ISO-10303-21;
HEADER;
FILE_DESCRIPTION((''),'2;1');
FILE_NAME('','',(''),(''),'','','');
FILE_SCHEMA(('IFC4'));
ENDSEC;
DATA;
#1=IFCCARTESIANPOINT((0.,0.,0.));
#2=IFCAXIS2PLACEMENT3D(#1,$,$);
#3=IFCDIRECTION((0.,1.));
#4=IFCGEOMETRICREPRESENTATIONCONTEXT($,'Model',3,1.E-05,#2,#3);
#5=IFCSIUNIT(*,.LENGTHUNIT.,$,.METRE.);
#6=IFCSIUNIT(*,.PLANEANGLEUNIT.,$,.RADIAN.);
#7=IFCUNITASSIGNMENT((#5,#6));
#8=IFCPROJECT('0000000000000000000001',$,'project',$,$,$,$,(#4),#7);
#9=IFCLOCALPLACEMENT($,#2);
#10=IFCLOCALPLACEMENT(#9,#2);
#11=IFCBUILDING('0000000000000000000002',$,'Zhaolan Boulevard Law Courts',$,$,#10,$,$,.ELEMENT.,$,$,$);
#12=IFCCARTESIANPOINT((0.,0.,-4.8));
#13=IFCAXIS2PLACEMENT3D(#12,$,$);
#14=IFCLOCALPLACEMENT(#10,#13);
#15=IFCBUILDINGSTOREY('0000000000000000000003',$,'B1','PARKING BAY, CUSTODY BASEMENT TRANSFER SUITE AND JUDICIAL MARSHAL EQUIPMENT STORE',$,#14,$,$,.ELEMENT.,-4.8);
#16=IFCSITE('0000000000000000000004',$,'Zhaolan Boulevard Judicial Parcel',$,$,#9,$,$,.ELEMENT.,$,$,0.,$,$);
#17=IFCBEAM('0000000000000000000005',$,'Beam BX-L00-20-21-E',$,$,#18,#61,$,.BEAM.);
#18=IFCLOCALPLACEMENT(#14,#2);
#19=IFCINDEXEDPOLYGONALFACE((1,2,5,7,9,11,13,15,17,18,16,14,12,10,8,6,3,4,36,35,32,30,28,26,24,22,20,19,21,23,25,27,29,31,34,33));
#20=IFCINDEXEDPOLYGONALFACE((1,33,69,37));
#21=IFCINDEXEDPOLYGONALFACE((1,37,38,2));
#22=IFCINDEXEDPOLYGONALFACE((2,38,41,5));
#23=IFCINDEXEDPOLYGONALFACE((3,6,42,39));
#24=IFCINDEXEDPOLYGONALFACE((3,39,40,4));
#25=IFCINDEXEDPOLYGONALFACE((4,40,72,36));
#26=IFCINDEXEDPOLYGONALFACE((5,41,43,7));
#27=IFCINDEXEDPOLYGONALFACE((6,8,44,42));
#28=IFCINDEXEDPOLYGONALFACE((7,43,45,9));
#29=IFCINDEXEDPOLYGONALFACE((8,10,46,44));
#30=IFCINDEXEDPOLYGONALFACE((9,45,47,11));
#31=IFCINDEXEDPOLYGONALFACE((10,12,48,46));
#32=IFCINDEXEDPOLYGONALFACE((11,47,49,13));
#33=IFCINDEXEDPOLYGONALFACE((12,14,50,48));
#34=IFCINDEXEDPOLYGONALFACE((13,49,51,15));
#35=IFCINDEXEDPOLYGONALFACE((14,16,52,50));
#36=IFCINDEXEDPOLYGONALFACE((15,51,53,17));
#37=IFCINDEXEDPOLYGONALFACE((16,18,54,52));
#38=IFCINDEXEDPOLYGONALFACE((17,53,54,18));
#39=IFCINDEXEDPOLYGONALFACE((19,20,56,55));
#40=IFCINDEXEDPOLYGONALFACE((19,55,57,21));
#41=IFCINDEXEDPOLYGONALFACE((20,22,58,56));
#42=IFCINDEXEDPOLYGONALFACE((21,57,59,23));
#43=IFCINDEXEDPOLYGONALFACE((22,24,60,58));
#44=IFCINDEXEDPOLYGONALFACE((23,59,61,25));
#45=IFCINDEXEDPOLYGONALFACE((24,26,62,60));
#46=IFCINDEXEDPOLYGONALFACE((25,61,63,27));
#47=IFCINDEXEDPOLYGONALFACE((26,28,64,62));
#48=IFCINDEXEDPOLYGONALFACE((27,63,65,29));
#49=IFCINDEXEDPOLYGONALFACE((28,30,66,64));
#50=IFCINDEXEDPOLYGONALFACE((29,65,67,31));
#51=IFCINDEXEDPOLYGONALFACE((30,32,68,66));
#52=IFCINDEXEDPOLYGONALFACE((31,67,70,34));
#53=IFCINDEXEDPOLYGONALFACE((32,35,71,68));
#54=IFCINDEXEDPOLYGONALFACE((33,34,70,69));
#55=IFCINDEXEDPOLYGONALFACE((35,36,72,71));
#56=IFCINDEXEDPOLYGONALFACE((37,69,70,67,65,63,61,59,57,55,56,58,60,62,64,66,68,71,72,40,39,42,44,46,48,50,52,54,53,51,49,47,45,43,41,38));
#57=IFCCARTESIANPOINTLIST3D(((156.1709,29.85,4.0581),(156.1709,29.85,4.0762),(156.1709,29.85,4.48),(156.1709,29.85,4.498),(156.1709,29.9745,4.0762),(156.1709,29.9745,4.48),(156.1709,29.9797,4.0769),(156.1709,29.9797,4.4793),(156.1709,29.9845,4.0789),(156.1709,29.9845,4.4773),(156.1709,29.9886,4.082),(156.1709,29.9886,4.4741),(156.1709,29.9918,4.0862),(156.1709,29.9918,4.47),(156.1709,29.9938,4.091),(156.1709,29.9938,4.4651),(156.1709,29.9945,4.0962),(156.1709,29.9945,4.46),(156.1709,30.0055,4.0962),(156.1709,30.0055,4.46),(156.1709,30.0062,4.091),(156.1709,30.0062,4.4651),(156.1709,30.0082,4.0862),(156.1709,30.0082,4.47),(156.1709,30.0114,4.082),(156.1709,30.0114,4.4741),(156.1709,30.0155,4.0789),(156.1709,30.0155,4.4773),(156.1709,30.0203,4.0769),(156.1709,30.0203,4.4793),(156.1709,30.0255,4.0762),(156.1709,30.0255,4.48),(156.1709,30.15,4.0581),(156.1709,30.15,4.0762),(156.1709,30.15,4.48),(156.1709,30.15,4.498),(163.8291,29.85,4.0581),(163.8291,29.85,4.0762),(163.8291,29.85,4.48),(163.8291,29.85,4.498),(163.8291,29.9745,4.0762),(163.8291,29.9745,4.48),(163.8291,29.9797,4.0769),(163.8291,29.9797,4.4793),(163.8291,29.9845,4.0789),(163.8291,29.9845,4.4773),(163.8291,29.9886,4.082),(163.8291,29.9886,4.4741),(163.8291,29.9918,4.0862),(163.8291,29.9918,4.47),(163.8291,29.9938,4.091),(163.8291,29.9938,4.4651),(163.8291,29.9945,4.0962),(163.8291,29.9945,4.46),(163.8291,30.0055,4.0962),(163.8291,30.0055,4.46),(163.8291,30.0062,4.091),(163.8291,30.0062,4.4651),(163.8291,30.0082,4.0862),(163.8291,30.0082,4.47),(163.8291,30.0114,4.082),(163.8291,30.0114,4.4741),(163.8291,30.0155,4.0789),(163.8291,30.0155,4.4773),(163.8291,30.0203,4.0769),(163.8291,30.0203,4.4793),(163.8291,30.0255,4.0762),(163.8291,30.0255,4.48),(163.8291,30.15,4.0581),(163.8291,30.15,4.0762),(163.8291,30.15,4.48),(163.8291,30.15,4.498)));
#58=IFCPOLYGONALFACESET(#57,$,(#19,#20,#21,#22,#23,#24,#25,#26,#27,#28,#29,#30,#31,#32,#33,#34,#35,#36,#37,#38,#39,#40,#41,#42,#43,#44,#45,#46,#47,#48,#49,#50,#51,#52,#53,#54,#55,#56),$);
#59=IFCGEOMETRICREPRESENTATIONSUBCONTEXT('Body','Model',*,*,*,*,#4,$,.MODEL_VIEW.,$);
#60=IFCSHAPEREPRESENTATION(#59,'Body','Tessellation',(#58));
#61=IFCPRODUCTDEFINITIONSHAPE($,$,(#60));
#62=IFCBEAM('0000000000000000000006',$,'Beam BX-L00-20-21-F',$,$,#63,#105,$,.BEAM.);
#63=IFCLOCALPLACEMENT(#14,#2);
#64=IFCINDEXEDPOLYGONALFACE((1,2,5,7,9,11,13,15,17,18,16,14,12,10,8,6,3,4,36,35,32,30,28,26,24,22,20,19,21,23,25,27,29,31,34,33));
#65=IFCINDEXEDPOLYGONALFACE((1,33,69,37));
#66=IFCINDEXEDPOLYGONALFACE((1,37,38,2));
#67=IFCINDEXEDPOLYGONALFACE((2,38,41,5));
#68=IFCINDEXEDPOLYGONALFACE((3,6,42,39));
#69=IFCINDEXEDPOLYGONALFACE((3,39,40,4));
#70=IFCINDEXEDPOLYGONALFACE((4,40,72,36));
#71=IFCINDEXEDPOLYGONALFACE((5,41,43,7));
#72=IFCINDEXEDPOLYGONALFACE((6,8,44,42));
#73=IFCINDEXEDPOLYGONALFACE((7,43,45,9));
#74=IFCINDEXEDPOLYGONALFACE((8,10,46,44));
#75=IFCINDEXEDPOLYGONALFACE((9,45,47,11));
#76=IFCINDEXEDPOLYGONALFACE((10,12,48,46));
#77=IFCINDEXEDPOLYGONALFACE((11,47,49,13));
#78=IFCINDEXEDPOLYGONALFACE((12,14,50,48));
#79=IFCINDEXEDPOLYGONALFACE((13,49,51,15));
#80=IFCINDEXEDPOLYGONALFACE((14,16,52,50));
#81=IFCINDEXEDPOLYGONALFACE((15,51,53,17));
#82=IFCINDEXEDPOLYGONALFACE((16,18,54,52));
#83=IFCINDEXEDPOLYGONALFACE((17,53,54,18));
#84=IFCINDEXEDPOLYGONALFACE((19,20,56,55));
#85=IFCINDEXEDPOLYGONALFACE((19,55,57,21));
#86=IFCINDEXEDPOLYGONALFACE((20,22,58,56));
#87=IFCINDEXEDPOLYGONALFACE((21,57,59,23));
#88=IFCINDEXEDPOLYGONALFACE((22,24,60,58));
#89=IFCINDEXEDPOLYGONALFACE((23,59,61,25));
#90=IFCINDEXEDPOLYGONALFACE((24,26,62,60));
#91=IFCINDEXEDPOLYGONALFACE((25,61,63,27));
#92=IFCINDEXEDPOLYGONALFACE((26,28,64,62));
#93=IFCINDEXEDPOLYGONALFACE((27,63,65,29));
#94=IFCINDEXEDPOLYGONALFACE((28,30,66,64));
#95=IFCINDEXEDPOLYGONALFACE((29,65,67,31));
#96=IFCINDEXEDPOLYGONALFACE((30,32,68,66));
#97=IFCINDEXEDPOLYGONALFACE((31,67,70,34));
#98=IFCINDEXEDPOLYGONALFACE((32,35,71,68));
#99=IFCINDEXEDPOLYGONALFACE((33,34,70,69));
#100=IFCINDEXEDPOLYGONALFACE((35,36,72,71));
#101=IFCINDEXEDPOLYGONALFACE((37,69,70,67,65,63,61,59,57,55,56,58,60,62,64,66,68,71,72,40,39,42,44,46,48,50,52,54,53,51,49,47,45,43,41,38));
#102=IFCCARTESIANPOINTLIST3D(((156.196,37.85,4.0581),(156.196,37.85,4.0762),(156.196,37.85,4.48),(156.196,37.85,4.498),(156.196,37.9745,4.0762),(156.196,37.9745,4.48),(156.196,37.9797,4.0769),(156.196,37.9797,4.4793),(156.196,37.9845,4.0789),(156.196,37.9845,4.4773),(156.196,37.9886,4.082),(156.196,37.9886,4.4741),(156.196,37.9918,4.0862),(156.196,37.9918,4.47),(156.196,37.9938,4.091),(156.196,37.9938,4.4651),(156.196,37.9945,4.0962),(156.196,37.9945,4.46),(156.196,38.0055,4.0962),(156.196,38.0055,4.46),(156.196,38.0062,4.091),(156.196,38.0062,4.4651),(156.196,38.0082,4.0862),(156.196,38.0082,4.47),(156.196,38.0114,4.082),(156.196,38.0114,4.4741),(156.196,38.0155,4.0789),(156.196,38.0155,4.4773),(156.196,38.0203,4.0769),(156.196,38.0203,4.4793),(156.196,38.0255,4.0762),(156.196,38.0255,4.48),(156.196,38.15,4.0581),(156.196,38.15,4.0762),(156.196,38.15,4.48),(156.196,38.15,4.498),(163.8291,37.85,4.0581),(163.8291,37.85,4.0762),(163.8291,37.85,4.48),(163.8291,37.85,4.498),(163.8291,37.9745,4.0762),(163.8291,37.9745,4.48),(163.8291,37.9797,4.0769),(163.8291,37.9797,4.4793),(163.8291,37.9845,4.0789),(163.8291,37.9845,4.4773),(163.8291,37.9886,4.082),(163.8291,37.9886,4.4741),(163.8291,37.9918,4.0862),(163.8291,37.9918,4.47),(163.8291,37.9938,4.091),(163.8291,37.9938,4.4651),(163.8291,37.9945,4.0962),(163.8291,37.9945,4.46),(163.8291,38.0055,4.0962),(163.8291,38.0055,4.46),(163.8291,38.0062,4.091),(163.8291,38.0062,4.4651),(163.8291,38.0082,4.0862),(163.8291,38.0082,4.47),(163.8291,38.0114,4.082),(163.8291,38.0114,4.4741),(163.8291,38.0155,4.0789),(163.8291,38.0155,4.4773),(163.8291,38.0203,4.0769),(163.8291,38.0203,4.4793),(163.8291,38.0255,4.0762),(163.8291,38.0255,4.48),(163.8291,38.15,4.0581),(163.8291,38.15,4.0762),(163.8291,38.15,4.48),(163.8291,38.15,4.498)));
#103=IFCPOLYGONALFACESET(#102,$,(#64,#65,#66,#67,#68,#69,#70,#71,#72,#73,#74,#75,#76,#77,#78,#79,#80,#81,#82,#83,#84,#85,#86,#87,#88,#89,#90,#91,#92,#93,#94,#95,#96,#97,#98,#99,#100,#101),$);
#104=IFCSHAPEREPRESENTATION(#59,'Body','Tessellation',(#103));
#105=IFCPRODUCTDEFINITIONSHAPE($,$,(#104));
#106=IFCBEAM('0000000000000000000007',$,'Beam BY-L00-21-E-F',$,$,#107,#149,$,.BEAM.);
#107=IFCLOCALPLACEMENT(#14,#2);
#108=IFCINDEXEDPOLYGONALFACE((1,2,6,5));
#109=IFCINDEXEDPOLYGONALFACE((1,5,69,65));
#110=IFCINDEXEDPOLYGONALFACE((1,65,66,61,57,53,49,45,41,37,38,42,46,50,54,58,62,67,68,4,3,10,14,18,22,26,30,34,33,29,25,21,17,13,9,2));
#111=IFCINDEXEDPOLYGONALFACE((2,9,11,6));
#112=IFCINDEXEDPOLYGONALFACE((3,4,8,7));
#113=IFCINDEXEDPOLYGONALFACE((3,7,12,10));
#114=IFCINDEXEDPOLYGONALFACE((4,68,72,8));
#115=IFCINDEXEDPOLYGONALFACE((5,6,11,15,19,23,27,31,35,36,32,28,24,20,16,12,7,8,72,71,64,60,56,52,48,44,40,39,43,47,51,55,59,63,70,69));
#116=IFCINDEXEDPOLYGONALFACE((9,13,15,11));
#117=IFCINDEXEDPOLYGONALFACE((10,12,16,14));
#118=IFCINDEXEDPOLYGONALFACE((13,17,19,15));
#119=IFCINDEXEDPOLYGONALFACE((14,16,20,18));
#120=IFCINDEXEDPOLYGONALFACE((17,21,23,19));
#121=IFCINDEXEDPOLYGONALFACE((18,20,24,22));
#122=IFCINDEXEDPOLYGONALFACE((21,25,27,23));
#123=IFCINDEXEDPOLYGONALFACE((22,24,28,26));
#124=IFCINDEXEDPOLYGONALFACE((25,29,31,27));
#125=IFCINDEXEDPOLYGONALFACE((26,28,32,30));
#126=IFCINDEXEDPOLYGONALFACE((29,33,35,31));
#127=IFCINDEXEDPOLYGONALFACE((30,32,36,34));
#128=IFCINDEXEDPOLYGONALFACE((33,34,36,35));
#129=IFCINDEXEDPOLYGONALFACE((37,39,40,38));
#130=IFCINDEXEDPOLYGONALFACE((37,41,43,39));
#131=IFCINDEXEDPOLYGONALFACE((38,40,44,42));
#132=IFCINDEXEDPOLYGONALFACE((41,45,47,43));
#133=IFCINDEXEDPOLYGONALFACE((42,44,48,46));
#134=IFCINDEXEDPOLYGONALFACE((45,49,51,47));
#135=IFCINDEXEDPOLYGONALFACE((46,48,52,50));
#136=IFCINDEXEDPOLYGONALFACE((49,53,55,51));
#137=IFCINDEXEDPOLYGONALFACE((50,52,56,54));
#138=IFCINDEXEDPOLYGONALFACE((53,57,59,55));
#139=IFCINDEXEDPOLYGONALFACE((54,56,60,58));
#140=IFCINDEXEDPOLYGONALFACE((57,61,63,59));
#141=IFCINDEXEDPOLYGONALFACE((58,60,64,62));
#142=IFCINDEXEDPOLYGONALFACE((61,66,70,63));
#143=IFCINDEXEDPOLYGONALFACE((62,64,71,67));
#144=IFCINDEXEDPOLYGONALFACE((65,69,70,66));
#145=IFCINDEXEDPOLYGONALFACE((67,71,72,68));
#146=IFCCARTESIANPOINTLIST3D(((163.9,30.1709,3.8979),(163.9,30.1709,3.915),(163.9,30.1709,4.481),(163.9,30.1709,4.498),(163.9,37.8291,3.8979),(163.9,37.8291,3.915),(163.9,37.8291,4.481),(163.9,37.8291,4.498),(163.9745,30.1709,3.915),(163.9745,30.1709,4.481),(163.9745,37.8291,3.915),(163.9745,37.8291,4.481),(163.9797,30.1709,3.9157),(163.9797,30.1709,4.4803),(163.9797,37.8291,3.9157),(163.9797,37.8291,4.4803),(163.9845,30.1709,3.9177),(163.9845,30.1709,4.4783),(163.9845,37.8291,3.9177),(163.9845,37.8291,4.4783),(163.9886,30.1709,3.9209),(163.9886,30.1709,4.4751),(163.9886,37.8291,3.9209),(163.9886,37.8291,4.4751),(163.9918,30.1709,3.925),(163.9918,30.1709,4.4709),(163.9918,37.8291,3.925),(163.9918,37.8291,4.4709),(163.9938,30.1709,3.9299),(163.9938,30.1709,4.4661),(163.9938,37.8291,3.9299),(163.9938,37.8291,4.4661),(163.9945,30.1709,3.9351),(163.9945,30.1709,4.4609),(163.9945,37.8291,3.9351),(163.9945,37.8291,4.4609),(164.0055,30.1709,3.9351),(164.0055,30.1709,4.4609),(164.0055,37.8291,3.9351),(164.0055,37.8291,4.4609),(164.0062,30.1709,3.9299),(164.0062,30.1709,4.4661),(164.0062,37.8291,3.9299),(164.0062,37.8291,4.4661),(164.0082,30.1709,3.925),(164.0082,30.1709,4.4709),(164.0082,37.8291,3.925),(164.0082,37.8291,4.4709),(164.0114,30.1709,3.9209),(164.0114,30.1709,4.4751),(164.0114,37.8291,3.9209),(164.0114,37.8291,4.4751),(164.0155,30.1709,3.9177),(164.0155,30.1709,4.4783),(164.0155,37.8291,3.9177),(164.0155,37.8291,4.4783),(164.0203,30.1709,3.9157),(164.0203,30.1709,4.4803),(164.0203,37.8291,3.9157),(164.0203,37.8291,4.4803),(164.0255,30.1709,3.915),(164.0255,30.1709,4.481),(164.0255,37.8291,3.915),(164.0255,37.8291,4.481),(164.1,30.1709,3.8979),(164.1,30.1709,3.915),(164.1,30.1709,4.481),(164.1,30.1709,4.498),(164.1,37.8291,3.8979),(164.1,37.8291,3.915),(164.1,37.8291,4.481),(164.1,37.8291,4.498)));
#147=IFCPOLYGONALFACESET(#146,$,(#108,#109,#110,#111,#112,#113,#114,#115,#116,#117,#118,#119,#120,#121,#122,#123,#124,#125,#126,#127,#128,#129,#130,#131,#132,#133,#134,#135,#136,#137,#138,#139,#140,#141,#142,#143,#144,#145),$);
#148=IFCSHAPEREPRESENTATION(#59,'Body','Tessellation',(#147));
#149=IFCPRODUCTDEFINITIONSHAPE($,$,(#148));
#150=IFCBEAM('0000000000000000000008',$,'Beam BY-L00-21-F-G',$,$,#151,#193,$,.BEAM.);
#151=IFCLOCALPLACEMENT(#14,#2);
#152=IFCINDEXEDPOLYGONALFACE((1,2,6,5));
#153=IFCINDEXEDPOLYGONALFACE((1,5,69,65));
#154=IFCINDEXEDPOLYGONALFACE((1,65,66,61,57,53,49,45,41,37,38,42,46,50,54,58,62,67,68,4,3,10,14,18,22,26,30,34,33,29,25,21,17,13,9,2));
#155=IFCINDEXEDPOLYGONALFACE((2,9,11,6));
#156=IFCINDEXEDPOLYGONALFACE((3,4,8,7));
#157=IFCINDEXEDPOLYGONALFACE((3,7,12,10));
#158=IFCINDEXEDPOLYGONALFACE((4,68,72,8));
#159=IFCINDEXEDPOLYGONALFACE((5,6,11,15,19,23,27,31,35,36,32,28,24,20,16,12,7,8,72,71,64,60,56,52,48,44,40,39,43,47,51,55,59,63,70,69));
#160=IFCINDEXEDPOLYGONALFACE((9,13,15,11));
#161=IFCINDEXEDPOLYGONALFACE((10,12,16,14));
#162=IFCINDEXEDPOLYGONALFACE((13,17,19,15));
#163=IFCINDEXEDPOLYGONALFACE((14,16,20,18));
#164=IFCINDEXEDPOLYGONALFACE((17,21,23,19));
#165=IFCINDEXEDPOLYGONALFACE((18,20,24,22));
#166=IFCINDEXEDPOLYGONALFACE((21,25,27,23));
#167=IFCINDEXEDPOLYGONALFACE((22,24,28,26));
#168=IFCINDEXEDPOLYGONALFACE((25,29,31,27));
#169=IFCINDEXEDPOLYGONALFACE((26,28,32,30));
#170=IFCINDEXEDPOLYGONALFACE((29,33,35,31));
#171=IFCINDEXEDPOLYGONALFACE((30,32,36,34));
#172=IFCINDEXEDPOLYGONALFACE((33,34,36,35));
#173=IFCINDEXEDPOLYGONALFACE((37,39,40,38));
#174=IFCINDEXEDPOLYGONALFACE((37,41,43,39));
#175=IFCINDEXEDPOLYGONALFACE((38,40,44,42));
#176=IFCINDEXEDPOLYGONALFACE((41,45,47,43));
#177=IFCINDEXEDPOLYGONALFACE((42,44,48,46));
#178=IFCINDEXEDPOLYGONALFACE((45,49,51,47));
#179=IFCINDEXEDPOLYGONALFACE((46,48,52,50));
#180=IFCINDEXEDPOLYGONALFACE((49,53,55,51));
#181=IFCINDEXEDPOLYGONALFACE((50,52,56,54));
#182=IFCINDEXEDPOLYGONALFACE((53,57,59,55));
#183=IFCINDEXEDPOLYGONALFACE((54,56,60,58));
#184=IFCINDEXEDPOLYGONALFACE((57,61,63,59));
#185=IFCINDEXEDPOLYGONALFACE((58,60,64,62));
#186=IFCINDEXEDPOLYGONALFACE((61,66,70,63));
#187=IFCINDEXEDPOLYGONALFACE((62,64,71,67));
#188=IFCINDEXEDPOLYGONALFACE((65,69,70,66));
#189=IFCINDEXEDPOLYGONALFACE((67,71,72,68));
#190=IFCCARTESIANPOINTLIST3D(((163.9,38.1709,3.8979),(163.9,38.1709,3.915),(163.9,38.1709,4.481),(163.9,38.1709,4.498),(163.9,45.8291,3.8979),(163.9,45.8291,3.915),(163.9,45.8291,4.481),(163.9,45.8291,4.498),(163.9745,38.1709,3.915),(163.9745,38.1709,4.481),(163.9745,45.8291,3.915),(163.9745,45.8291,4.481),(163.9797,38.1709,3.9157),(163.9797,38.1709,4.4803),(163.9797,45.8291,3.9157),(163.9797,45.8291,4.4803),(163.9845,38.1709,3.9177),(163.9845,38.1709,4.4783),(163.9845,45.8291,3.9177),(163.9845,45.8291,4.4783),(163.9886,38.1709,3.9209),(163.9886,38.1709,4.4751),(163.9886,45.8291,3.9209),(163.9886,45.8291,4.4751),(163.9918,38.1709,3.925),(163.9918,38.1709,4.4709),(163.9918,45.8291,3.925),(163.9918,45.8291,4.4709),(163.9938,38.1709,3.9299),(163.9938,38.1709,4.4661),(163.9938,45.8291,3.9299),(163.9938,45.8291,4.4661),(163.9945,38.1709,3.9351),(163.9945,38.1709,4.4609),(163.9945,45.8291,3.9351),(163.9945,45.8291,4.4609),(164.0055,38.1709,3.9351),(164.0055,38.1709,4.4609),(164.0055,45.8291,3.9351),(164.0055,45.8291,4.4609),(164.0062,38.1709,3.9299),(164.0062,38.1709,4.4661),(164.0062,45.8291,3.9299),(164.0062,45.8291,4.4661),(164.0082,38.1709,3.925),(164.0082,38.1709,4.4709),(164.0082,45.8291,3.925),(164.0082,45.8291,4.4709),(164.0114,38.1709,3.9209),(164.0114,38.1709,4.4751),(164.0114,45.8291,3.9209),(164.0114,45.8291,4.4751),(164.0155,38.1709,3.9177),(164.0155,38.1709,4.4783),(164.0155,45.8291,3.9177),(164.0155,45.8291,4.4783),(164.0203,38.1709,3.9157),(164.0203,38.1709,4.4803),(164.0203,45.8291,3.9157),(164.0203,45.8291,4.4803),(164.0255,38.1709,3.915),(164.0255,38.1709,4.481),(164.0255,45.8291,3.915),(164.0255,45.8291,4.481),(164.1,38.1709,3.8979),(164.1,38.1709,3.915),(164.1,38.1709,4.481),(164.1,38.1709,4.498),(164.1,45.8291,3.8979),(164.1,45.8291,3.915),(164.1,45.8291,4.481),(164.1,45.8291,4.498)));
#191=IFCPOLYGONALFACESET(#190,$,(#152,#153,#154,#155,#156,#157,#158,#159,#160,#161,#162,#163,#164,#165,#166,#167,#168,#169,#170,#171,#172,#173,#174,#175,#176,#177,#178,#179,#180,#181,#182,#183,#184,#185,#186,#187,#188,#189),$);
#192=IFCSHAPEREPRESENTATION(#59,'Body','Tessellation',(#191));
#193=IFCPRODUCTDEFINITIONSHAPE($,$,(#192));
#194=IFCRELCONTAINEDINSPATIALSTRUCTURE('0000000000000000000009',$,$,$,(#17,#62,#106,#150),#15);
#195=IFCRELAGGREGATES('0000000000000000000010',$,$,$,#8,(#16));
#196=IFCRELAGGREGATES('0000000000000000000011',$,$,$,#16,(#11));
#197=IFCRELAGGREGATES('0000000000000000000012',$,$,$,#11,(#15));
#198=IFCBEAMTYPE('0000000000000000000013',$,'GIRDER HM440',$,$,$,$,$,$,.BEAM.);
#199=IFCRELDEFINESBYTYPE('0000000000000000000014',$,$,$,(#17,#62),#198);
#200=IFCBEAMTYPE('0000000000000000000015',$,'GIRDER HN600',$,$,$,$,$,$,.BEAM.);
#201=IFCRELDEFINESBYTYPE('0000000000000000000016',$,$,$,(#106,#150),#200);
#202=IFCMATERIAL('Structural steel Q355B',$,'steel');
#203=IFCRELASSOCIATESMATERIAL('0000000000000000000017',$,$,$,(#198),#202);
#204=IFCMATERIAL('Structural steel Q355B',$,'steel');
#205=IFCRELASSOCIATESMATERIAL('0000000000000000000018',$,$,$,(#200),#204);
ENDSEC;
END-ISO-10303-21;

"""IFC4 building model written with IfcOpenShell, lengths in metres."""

from ifc_helpers import new_model, si_unit, direction, frame, origin, origin_2d, place, context, subcontext, project, spatial, i_section, extrude, material, material_profile, profile_set, type_object, element, save


model = new_model("IFC4")

# Units and contexts
model_context = context("Model", 3, precision=1e-05, world=origin(), true_north=direction((0.0, 1.0)))
body_context = subcontext(model_context, "Body", "Model", "MODEL_VIEW")
ifc_project = project(units=[si_unit("LENGTHUNIT", "METRE"), si_unit("PLANEANGLEUNIT", "RADIAN")], contexts=[model_context])

# Site, building, storey
site_placement = place(None, origin())
site = spatial("IfcSite", under=ifc_project, at=site_placement, Name="Zhaolan Boulevard Judicial Parcel", CompositionType="ELEMENT", RefElevation=0.0)
building_placement = place(site_placement, origin())
building = spatial("IfcBuilding", under=site, at=building_placement, Name="Zhaolan Boulevard Law Courts", CompositionType="ELEMENT")
storey_placement = place(building_placement, frame((0.0, 0.0, -4.8)))
storey = spatial("IfcBuildingStorey", under=building, at=storey_placement, Name="B1", Description="PARKING BAY, CUSTODY BASEMENT TRANSFER SUITE AND JUDICIAL MARSHAL EQUIPMENT STORE", CompositionType="ELEMENT", Elevation=-4.8)

# Beams
ifc_material_1 = material(Name="Structural steel Q355B", Category="steel")
ifc_material_profile_1 = material_profile(ifc_material_1, i_section(OverallWidth=0.3, OverallDepth=0.4399, WebThickness=0.011, FlangeThickness=0.0181, FilletRadius=0.02, at=origin_2d()), Name="HM440x300")
ifc_profile_set_1 = profile_set([ifc_material_profile_1], Name="Structural steel Q355B")
beam_type_1 = type_object("IfcBeamType", Name="GIRDER HM440", PredefinedType="BEAM", material=ifc_profile_set_1)
beam_1_placement = place(storey_placement, frame((156.1709, 30.0, 4.2781), z_axis=(1.0, 0.0, 0.0), x_axis=(0.0, 1.0, 0.0)))
element("IfcBeam", 1, at=beam_1_placement, inside=storey, type_object=beam_type_1, Name="Beam BX-L00-20-21-E", PredefinedType="BEAM", context=body_context, shape_type="SweptSolid", body=[
    extrude(i_section(OverallWidth=0.3, OverallDepth=0.4399, WebThickness=0.011, FlangeThickness=0.0181, FilletRadius=0.02, at=origin_2d()), origin(), (0.0, 0.0, 1.0), 7.6582),
])
beam_2_placement = place(storey_placement, frame((156.196, 38.0, 4.2781), z_axis=(1.0, 0.0, 0.0), x_axis=(0.0, 1.0, 0.0)))
element("IfcBeam", 2, at=beam_2_placement, inside=storey, type_object=beam_type_1, Name="Beam BX-L00-20-21-F", PredefinedType="BEAM", context=body_context, shape_type="SweptSolid", body=[
    extrude(i_section(OverallWidth=0.3, OverallDepth=0.4399, WebThickness=0.011, FlangeThickness=0.0181, FilletRadius=0.02, at=origin_2d()), origin(), (0.0, 0.0, 1.0), 7.6331),
])
ifc_material_2 = material(Name="Structural steel Q355B", Category="steel")
ifc_material_profile_2 = material_profile(ifc_material_2, i_section(OverallWidth=0.2, OverallDepth=0.6001, WebThickness=0.011, FlangeThickness=0.0171, FilletRadius=0.02, at=origin_2d()), Name="HN600x200")
ifc_profile_set_2 = profile_set([ifc_material_profile_2], Name="Structural steel Q355B")
beam_type_2 = type_object("IfcBeamType", Name="GIRDER HN600", PredefinedType="BEAM", material=ifc_profile_set_2)
for number, where, z_axis, x_axis, name in (
    (3, (164.0, 30.1709, 4.198), (0.0, 1.0, 0.0), (-1.0, 0.0, 0.0), "Beam BY-L00-21-E-F"),
    (4, (164.0, 38.1709, 4.198), (0.0, 1.0, 0.0), (-1.0, 0.0, 0.0), "Beam BY-L00-21-F-G"),
):
    element("IfcBeam", number, at=place(storey_placement, frame(where, z_axis=z_axis, x_axis=x_axis)), inside=storey, type_object=beam_type_2, Name=name, PredefinedType="BEAM", context=body_context, shape_type="SweptSolid", body=[
        extrude(i_section(OverallWidth=0.2, OverallDepth=0.6001, WebThickness=0.011, FlangeThickness=0.0171, FilletRadius=0.02, at=origin_2d()), origin(), (0.0, 0.0, 1.0), 7.6582),
    ])

save(model, "model.ifc")
